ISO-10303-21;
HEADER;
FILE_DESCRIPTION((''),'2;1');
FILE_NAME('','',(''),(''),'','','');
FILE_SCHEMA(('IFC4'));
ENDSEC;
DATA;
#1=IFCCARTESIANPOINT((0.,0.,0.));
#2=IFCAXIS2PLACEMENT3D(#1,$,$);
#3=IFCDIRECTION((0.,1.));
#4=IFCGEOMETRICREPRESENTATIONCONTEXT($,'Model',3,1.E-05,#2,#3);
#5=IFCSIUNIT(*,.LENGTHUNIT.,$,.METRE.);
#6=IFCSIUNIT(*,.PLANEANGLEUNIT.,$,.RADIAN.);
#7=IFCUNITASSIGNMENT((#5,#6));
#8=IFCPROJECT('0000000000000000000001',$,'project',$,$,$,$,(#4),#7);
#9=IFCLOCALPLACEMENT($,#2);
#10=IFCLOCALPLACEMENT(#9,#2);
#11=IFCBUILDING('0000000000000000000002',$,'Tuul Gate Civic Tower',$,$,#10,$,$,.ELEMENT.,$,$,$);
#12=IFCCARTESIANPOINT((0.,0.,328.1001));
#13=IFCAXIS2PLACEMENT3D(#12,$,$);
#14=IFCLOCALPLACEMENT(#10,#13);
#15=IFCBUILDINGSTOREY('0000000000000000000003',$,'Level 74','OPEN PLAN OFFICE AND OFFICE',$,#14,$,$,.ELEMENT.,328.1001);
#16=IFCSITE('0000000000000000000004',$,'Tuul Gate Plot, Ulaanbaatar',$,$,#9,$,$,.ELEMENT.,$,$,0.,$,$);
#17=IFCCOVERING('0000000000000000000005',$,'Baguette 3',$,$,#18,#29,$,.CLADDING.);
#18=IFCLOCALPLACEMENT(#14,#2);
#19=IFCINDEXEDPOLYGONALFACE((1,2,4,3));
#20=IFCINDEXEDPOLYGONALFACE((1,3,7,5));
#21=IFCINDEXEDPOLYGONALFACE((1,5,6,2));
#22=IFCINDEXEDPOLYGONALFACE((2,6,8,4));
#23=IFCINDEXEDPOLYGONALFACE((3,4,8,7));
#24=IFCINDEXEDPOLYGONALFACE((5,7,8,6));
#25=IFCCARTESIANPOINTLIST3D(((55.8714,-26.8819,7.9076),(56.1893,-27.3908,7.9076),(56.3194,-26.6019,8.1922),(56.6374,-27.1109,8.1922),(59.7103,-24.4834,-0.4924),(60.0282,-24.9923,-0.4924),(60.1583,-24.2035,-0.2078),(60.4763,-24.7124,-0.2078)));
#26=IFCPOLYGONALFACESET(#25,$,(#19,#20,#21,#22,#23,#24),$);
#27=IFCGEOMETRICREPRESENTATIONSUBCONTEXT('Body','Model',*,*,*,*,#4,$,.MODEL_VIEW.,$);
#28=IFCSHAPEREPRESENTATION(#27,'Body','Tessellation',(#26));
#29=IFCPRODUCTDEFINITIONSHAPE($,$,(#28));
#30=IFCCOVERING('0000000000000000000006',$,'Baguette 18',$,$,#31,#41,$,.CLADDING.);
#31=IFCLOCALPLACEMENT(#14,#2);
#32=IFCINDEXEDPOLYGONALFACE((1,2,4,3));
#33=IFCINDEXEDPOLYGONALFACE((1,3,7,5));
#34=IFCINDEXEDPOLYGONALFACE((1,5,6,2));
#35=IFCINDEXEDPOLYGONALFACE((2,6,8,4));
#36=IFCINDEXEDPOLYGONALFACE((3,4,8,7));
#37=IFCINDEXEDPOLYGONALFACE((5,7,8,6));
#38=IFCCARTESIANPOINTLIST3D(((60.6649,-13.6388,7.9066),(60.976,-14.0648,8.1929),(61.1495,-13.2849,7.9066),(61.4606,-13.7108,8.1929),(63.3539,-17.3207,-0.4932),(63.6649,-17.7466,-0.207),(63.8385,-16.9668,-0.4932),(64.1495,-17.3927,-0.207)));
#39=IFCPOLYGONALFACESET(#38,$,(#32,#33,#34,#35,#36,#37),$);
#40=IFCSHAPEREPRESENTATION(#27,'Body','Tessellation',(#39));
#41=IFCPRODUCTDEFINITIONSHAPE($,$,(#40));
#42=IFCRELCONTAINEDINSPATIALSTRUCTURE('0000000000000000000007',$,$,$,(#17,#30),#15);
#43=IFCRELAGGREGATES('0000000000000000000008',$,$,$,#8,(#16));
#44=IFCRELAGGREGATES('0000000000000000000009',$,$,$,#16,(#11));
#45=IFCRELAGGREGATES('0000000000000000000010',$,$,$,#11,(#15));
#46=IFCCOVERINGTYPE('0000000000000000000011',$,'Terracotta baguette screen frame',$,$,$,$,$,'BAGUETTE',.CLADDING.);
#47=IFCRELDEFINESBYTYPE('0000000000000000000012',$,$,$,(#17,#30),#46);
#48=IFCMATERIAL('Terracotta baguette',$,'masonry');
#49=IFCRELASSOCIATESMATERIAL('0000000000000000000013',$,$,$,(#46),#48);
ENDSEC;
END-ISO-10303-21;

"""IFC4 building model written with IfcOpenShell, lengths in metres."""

from ifc_helpers import new_model, si_unit, direction, frame, origin, origin_2d, place, context, subcontext, project, spatial, rectangle, extrude, material, material_profile, profile_set, type_object, element, save


model = new_model("IFC4")

# Units and contexts
model_context = context("Model", 3, precision=1e-05, world=origin(), true_north=direction((0.0, 1.0)))
body_context = subcontext(model_context, "Body", "Model", "MODEL_VIEW")
ifc_project = project(units=[si_unit("LENGTHUNIT", "METRE"), si_unit("PLANEANGLEUNIT", "RADIAN")], contexts=[model_context])

# Site, building, storey
site_placement = place(None, origin())
site = spatial("IfcSite", under=ifc_project, at=site_placement, Name="Tuul Gate Plot, Ulaanbaatar", CompositionType="ELEMENT", RefElevation=0.0)
building_placement = place(site_placement, origin())
building = spatial("IfcBuilding", under=site, at=building_placement, Name="Tuul Gate Civic Tower", CompositionType="ELEMENT")
storey_placement = place(building_placement, frame((0.0, 0.0, 328.1001)))
storey = spatial("IfcBuildingStorey", under=building, at=storey_placement, Name="Level 74", Description="OPEN PLAN OFFICE AND OFFICE", CompositionType="ELEMENT", Elevation=328.1001)

# Coverings
ifc_material_1 = material(Name="Terracotta baguette", Category="masonry")
ifc_material_profile_1 = material_profile(ifc_material_1, rectangle(XDim=0.6001, YDim=0.6001, at=origin_2d()), Name="Terracotta baguette screen frame")
ifc_profile_set_1 = profile_set([ifc_material_profile_1], Name="Terracotta baguette")
covering_type = type_object("IfcCoveringType", Name="Terracotta baguette screen frame", ElementType="BAGUETTE", PredefinedType="CLADDING", material=ifc_profile_set_1)
covering_1_placement = place(storey_placement, frame((60.0933, -24.5979, -0.3501), z_axis=(-0.402317, -0.251359, 0.880318), x_axis=(0.529863, -0.848083, 0.0)))
element("IfcCovering", 1, at=covering_1_placement, inside=storey, type_object=covering_type, Name="Baguette 3", PredefinedType="CLADDING", context=body_context, shape_type="SweptSolid", body=[
    extrude(rectangle(XDim=0.6001, YDim=0.6001, at=origin_2d()), origin(), (0.0, 0.0, 1.0), 9.542),
])
covering_2_placement = place(storey_placement, frame((63.7517, -17.3567, -0.3501), z_axis=(-0.281347, 0.385236, 0.878884), x_axis=(-0.807563, -0.589782, 0.0)))
element("IfcCovering", 2, at=covering_2_placement, inside=storey, type_object=covering_type, Name="Baguette 18", PredefinedType="CLADDING", context=body_context, shape_type="SweptSolid", body=[
    extrude(rectangle(XDim=0.6001, YDim=0.6001, at=origin_2d()), origin(), (0.0, 0.0, 1.0), 9.5574),
])

save(model, "model.ifc")
